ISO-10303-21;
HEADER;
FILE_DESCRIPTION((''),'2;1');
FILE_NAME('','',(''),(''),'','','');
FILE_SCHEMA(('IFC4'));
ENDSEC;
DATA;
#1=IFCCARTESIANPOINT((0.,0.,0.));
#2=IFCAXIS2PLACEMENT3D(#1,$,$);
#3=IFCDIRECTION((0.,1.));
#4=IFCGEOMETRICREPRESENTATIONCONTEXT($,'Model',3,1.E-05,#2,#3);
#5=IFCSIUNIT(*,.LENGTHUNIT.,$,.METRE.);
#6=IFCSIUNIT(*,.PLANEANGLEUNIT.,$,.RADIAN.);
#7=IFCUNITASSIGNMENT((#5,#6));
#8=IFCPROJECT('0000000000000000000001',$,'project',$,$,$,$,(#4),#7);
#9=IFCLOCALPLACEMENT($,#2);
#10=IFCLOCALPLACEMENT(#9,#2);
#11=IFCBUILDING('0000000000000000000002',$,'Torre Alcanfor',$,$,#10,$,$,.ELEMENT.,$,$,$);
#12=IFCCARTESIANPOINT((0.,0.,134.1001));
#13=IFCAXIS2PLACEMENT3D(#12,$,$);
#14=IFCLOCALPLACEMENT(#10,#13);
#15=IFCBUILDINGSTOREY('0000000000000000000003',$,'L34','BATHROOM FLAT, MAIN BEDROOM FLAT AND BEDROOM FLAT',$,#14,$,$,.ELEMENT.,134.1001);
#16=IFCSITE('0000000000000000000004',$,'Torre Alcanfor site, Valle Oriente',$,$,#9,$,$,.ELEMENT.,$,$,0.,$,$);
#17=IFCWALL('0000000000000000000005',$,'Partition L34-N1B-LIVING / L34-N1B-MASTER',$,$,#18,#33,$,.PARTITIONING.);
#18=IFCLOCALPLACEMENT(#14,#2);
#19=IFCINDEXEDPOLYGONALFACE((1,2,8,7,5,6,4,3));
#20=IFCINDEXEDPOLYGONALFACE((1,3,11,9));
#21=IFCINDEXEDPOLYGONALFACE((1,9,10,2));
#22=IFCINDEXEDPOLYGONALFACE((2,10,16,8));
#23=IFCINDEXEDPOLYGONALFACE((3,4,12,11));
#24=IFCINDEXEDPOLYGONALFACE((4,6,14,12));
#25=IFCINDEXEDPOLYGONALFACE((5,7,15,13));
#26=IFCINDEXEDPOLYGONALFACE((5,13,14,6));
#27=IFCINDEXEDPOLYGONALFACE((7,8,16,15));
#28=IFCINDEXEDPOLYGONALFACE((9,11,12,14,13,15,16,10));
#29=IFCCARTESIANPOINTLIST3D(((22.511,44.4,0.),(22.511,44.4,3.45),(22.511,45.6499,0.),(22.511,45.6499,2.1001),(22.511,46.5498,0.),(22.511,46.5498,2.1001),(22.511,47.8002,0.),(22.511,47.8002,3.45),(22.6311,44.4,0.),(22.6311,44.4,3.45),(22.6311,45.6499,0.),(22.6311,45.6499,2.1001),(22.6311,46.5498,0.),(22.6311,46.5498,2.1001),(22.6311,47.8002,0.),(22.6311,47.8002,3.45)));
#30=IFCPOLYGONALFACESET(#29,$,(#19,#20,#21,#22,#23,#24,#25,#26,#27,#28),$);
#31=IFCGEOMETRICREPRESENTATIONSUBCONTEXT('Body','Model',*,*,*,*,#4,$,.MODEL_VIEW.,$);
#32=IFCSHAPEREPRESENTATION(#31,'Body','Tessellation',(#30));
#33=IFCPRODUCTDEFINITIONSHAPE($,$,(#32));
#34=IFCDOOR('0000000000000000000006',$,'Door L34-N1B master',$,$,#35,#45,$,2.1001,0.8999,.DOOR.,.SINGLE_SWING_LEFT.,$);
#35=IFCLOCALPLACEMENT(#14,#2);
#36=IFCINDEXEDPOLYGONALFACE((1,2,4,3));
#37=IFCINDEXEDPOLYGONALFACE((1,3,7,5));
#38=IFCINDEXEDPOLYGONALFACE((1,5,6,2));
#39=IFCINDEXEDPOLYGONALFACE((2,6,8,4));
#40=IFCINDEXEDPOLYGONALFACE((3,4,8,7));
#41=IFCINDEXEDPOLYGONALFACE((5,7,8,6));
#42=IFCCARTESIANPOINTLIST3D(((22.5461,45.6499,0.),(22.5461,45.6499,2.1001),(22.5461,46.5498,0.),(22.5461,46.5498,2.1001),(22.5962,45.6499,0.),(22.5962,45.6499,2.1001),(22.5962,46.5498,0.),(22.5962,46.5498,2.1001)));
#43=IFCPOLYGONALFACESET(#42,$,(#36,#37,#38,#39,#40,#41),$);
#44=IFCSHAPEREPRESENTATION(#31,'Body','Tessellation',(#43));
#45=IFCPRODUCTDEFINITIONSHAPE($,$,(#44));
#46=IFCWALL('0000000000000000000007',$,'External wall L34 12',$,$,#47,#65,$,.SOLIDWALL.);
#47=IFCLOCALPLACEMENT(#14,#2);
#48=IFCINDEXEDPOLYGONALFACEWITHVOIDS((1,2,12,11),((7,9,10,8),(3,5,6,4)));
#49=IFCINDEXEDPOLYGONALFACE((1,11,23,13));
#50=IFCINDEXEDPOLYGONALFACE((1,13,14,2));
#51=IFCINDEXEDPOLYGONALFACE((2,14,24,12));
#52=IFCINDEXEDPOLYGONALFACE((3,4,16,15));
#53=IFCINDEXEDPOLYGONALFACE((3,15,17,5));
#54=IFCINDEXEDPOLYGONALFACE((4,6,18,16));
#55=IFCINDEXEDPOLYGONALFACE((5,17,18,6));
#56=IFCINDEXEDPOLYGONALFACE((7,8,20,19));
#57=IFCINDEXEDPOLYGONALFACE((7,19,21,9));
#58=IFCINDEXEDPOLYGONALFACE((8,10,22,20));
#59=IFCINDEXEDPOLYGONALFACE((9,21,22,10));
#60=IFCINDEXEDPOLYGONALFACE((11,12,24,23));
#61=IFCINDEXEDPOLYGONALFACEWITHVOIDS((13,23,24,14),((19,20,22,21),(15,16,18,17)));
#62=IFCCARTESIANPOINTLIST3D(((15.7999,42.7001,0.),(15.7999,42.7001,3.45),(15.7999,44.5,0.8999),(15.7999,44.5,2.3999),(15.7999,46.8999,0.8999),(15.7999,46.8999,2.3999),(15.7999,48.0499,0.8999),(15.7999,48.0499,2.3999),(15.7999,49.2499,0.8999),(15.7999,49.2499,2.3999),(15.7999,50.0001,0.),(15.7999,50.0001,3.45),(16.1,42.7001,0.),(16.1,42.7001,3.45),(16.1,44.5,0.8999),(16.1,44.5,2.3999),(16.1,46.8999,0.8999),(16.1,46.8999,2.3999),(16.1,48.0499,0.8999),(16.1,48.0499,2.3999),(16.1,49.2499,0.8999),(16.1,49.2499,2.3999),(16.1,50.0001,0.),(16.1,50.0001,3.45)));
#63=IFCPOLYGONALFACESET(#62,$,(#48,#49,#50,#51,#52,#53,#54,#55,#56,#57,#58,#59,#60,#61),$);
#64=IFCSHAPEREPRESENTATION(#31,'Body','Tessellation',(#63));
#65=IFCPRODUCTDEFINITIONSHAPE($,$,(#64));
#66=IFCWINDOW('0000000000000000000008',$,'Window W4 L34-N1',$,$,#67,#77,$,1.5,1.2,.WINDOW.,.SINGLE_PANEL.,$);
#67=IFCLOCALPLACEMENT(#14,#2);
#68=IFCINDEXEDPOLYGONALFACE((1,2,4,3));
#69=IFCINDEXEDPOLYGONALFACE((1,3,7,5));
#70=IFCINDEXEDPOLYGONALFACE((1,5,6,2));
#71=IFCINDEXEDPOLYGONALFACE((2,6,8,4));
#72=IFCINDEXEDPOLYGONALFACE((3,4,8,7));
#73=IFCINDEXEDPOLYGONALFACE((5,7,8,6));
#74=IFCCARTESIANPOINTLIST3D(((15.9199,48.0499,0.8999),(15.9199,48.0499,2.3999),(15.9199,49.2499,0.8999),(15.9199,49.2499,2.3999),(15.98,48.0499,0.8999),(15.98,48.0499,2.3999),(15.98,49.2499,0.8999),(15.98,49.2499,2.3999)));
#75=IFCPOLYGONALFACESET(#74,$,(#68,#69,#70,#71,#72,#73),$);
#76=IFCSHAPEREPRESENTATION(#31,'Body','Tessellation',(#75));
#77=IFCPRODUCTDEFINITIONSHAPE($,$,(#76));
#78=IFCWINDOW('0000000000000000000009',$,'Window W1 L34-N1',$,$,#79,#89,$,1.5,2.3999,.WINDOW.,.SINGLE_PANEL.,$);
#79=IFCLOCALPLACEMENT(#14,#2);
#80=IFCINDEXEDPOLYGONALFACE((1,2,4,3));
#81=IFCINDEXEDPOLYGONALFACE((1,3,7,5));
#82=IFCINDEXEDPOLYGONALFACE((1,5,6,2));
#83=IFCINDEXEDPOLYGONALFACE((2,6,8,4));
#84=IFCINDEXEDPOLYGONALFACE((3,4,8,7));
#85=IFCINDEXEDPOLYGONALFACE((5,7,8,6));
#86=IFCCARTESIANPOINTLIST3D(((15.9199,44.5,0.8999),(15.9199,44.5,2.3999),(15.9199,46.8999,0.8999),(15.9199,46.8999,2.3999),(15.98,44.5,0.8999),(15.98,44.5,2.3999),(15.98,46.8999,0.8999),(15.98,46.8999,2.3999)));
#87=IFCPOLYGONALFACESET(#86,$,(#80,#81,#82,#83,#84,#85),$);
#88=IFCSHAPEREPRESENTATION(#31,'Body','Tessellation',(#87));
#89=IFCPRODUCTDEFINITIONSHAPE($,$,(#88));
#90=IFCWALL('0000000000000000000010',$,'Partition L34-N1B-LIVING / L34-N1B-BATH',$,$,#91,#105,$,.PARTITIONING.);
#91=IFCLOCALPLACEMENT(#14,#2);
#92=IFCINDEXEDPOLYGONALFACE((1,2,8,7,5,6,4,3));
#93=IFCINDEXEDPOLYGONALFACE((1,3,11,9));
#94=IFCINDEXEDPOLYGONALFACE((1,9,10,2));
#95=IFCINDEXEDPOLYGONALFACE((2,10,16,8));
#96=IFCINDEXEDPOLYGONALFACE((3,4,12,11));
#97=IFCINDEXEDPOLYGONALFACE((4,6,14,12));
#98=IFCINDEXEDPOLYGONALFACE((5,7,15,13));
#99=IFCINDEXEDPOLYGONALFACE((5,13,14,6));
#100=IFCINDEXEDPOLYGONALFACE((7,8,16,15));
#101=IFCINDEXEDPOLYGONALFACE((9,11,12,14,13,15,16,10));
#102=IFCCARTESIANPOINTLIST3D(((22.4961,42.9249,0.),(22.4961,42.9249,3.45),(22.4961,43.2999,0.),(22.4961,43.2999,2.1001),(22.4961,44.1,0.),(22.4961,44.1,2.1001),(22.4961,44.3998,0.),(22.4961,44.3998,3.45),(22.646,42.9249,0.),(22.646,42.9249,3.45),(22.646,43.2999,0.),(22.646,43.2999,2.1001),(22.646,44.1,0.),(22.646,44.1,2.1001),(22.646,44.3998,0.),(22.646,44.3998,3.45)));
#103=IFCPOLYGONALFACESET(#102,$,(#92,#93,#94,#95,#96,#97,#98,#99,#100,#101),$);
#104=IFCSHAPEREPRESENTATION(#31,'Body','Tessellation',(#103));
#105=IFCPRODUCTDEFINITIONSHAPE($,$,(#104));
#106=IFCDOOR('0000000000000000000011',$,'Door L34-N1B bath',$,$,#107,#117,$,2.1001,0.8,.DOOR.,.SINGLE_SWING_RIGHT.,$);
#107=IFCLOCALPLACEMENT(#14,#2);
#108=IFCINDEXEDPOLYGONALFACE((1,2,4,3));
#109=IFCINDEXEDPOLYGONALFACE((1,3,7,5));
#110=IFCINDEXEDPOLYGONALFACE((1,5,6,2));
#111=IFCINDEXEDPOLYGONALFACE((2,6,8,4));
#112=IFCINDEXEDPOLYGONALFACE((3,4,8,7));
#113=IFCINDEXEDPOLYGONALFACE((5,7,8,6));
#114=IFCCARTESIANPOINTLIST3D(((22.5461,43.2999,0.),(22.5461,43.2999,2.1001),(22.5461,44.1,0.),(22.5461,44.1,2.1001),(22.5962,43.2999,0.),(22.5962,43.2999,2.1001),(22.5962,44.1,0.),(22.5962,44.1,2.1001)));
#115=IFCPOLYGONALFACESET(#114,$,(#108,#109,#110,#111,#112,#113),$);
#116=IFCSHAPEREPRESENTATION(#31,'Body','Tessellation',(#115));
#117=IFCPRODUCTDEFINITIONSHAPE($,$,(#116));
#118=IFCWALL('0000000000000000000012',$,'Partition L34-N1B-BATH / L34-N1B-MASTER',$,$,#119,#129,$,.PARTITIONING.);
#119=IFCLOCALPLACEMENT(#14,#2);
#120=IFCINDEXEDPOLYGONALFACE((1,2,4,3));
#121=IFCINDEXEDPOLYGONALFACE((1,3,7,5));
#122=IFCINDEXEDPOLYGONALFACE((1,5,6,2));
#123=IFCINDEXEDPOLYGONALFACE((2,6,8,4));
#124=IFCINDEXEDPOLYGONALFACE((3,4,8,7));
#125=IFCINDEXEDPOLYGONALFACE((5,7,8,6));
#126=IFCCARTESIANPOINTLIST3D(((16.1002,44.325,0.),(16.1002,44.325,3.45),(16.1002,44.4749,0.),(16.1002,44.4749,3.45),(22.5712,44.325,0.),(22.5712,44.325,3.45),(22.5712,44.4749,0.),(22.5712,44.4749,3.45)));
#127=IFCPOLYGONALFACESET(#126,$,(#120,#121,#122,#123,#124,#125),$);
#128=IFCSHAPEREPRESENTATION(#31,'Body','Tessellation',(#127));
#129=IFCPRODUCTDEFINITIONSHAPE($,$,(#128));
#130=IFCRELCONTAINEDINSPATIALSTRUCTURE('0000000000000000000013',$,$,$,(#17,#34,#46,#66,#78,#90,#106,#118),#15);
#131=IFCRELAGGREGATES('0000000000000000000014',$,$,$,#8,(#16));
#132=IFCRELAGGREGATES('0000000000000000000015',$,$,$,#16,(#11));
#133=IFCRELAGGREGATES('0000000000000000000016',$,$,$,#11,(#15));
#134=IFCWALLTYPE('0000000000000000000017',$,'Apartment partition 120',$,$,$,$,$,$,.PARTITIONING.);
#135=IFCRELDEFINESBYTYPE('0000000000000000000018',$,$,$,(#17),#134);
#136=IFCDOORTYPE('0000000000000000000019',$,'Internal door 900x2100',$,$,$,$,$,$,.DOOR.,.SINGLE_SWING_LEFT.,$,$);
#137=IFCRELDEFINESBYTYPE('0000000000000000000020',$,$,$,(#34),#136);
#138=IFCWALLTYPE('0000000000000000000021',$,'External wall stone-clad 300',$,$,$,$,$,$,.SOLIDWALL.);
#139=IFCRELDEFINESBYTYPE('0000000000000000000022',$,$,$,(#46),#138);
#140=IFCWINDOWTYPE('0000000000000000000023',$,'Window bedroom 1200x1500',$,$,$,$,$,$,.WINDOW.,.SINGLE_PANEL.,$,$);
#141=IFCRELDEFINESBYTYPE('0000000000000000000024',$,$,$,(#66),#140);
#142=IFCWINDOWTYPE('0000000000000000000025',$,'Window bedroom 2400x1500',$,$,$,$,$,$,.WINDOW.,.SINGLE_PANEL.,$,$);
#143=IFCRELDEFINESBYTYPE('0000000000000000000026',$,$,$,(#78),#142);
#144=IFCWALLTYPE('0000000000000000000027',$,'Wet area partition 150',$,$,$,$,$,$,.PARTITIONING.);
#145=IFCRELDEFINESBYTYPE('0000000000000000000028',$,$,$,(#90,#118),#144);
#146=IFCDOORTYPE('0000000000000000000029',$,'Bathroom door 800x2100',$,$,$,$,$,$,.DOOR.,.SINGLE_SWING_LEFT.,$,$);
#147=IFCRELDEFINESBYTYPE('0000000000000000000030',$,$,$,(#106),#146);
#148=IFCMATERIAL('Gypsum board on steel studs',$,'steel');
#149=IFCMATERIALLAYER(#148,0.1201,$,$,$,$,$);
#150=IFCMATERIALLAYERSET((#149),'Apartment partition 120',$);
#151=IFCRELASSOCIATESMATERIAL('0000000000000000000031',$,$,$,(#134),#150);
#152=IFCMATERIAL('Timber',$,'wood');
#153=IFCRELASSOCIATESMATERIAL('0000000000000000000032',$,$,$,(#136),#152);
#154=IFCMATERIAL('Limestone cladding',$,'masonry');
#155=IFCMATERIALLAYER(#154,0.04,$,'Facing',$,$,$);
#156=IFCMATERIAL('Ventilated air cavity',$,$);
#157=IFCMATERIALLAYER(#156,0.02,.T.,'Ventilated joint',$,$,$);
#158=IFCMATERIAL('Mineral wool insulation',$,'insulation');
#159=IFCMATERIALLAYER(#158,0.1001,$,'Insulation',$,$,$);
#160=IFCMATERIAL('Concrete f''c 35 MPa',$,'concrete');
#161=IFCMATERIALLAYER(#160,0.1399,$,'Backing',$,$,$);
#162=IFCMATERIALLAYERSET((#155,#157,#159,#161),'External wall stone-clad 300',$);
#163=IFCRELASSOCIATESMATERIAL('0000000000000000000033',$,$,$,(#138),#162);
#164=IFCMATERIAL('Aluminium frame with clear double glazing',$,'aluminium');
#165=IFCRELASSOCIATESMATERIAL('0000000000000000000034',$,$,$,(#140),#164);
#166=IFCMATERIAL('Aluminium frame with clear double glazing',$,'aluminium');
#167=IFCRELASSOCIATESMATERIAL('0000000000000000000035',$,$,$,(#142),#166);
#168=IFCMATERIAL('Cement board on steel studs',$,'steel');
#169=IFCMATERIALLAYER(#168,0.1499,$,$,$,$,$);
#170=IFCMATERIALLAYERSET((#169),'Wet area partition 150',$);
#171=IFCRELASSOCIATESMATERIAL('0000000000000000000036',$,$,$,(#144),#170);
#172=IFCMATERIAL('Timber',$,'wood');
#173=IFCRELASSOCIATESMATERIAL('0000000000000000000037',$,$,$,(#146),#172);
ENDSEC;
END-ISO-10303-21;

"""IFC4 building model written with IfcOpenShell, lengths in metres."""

from ifc_helpers import new_model, si_unit, direction, frame, frame_2d, origin, place, context, subcontext, project, spatial, rectangle, extrude, material, layer, layer_set, type_object, element, fill, save


model = new_model("IFC4")

# Units and contexts
model_context = context("Model", 3, precision=1e-05, world=origin(), true_north=direction((0.0, 1.0)))
body_context = subcontext(model_context, "Body", "Model", "MODEL_VIEW")
ifc_project = project(units=[si_unit("LENGTHUNIT", "METRE"), si_unit("PLANEANGLEUNIT", "RADIAN")], contexts=[model_context])

# Site, building, storey
site_placement = place(None, origin())
site = spatial("IfcSite", under=ifc_project, at=site_placement, Name="Torre Alcanfor site, Valle Oriente", CompositionType="ELEMENT", RefElevation=0.0)
building_placement = place(site_placement, origin())
building = spatial("IfcBuilding", under=site, at=building_placement, Name="Torre Alcanfor", CompositionType="ELEMENT")
storey_placement = place(building_placement, frame((0.0, 0.0, 134.1001)))
storey = spatial("IfcBuildingStorey", under=building, at=storey_placement, Name="L34", Description="BATHROOM FLAT, MAIN BEDROOM FLAT AND BEDROOM FLAT", CompositionType="ELEMENT", Elevation=134.1001)

# Wall, opening, door
ifc_material_1 = material(Name="Gypsum board on steel studs", Category="steel")
ifc_layer_1 = layer(ifc_material_1, 0.1201)
ifc_layer_set_1 = layer_set([ifc_layer_1], Name="Apartment partition 120")
wall_type_1 = type_object("IfcWallType", Name="Apartment partition 120", PredefinedType="PARTITIONING", material=ifc_layer_set_1)
wall_1_placement = place(storey_placement, frame((22.571, 44.3999, 0.0), z_axis=(0.0, 0.0, 1.0), x_axis=(0.0, 1.0, 0.0)))
wall_1 = element("IfcWall", 1, at=wall_1_placement, inside=storey, type_object=wall_type_1, Name="Partition L34-N1B-LIVING / L34-N1B-MASTER", PredefinedType="PARTITIONING", context=body_context, shape_type="SweptSolid", body=[
    extrude(rectangle(XDim=3.4001, YDim=0.1201, at=frame_2d((1.7002, 0.0))), origin(), (0.0, 0.0, 1.0), 3.45),
])
opening_1_placement = place(wall_1_placement, frame((1.25, 0.0, 0.0)))
opening_1 = element("IfcOpeningElement", 2, at=opening_1_placement, cuts=wall_1, PredefinedType="OPENING", context=body_context, shape_type="SweptSolid", body=[
    extrude(rectangle(XDim=0.8999, YDim=2.1001, at=frame_2d((0.45, 1.05))), frame((0.0, 0.0701, 0.0), z_axis=(0.0, -1.0, 0.0), x_axis=(1.0, 0.0, 0.0)), (0.0, 0.0, 1.0), 0.1401),
])
ifc_material_2 = material(Name="Timber", Category="wood")
door_type_1 = type_object("IfcDoorType", Name="Internal door 900x2100", OperationType="SINGLE_SWING_LEFT", PredefinedType="DOOR", material=ifc_material_2)
door_1_placement = place(opening_1_placement, origin())
door_1 = element("IfcDoor", 3, at=door_1_placement, inside=storey, type_object=door_type_1, Name="Door L34-N1B master", OperationType="SINGLE_SWING_LEFT", OverallHeight=2.1001, OverallWidth=0.8999, PredefinedType="DOOR", context=body_context, shape_type="SweptSolid", body=[
    extrude(rectangle(XDim=0.8999, YDim=2.1001, at=frame_2d((0.45, 1.05))), frame((0.0, 0.0249, 0.0), z_axis=(0.0, -1.0, 0.0), x_axis=(1.0, 0.0, 0.0)), (0.0, 0.0, 1.0), 0.05),
])
fill(opening_1, door_1)

# Wall, openings, windows
ifc_material_3 = material(Name="Limestone cladding", Category="masonry")
ifc_layer_2 = layer(ifc_material_3, 0.04, Name="Facing")
ifc_material_4 = material(Name="Ventilated air cavity")
ifc_layer_3 = layer(ifc_material_4, 0.02, ventilated=True, Name="Ventilated joint")
ifc_material_5 = material(Name="Mineral wool insulation", Category="insulation")
ifc_layer_4 = layer(ifc_material_5, 0.1001, Name="Insulation")
ifc_material_6 = material(Name="Concrete f'c 35 MPa", Category="concrete")
ifc_layer_5 = layer(ifc_material_6, 0.1399, Name="Backing")
ifc_layer_set_2 = layer_set([ifc_layer_2, ifc_layer_3, ifc_layer_4, ifc_layer_5], Name="External wall stone-clad 300")
wall_type_2 = type_object("IfcWallType", Name="External wall stone-clad 300", PredefinedType="SOLIDWALL", material=ifc_layer_set_2)
wall_2_placement = place(storey_placement, frame((15.95, 50.0, 0.0), z_axis=(0.0, 0.0, 1.0), x_axis=(0.0, -1.0, 0.0)))
wall_2 = element("IfcWall", 4, at=wall_2_placement, inside=storey, type_object=wall_type_2, Name="External wall L34 12", PredefinedType="SOLIDWALL", context=body_context, shape_type="SweptSolid", body=[
    extrude(rectangle(XDim=7.3, YDim=0.3, at=frame_2d((3.6499, 0.0))), origin(), (0.0, 0.0, 1.0), 3.45),
])
opening_2_placement = place(wall_2_placement, frame((3.1001, 0.0, 0.8999)))
opening_2 = element("IfcOpeningElement", 5, at=opening_2_placement, cuts=wall_2, PredefinedType="OPENING", context=body_context, shape_type="SweptSolid", body=[
    extrude(rectangle(XDim=2.3999, YDim=1.5, at=frame_2d((1.2, 0.75))), frame((0.0, 0.1599, 0.0), z_axis=(0.0, -1.0, 0.0), x_axis=(1.0, 0.0, 0.0)), (0.0, 0.0, 1.0), 0.3201),
])
opening_3_placement = place(wall_2_placement, frame((0.75, 0.0, 0.8999)))
opening_3 = element("IfcOpeningElement", 6, at=opening_3_placement, cuts=wall_2, PredefinedType="OPENING", context=body_context, shape_type="SweptSolid", body=[
    extrude(rectangle(XDim=1.2, YDim=1.5, at=frame_2d((0.6001, 0.75))), frame((0.0, 0.1599, 0.0), z_axis=(0.0, -1.0, 0.0), x_axis=(1.0, 0.0, 0.0)), (0.0, 0.0, 1.0), 0.3201),
])
ifc_material_7 = material(Name="Aluminium frame with clear double glazing", Category="aluminium")
window_type_1 = type_object("IfcWindowType", Name="Window bedroom 1200x1500", PartitioningType="SINGLE_PANEL", PredefinedType="WINDOW", material=ifc_material_7)
window_1_placement = place(opening_3_placement, origin())
window_1 = element("IfcWindow", 7, at=window_1_placement, inside=storey, type_object=window_type_1, Name="Window W4 L34-N1", OverallHeight=1.5, OverallWidth=1.2, PartitioningType="SINGLE_PANEL", PredefinedType="WINDOW", context=body_context, shape_type="SweptSolid", body=[
    extrude(rectangle(XDim=1.2, YDim=1.5, at=frame_2d((0.6001, 0.75))), frame((0.0, 0.03, 0.0), z_axis=(0.0, -1.0, 0.0), x_axis=(1.0, 0.0, 0.0)), (0.0, 0.0, 1.0), 0.0601),
])
fill(opening_3, window_1)
ifc_material_8 = material(Name="Aluminium frame with clear double glazing", Category="aluminium")
window_type_2 = type_object("IfcWindowType", Name="Window bedroom 2400x1500", PartitioningType="SINGLE_PANEL", PredefinedType="WINDOW", material=ifc_material_8)
window_2_placement = place(opening_2_placement, origin())
window_2 = element("IfcWindow", 8, at=window_2_placement, inside=storey, type_object=window_type_2, Name="Window W1 L34-N1", OverallHeight=1.5, OverallWidth=2.3999, PartitioningType="SINGLE_PANEL", PredefinedType="WINDOW", context=body_context, shape_type="SweptSolid", body=[
    extrude(rectangle(XDim=2.3999, YDim=1.5, at=frame_2d((1.2, 0.75))), frame((0.0, 0.03, 0.0), z_axis=(0.0, -1.0, 0.0), x_axis=(1.0, 0.0, 0.0)), (0.0, 0.0, 1.0), 0.0601),
])
fill(opening_2, window_2)

# Wall, opening, door
ifc_material_9 = material(Name="Cement board on steel studs", Category="steel")
ifc_layer_6 = layer(ifc_material_9, 0.1499)
ifc_layer_set_3 = layer_set([ifc_layer_6], Name="Wet area partition 150")
wall_type_3 = type_object("IfcWallType", Name="Wet area partition 150", PredefinedType="PARTITIONING", material=ifc_layer_set_3)
wall_3_placement = place(storey_placement, frame((22.571, 42.925, 0.0), z_axis=(0.0, 0.0, 1.0), x_axis=(0.0, 1.0, 0.0)))
wall_3 = element("IfcWall", 9, at=wall_3_placement, inside=storey, type_object=wall_type_3, Name="Partition L34-N1B-LIVING / L34-N1B-BATH", PredefinedType="PARTITIONING", context=body_context, shape_type="SweptSolid", body=[
    extrude(rectangle(XDim=1.4749, YDim=0.1499, at=frame_2d((0.7373, 0.0))), origin(), (0.0, 0.0, 1.0), 3.45),
])
opening_4_placement = place(wall_3_placement, frame((0.375, 0.0, 0.0)))
opening_4 = element("IfcOpeningElement", 10, at=opening_4_placement, cuts=wall_3, PredefinedType="OPENING", context=body_context, shape_type="SweptSolid", body=[
    extrude(rectangle(XDim=0.8, YDim=2.1001, at=frame_2d((0.3999, 1.05))), frame((0.0, 0.085, 0.0), z_axis=(0.0, -1.0, 0.0), x_axis=(1.0, 0.0, 0.0)), (0.0, 0.0, 1.0), 0.1699),
])
ifc_material_10 = material(Name="Timber", Category="wood")
door_type_2 = type_object("IfcDoorType", Name="Bathroom door 800x2100", OperationType="SINGLE_SWING_LEFT", PredefinedType="DOOR", material=ifc_material_10)
door_2_placement = place(opening_4_placement, origin())
door_2 = element("IfcDoor", 11, at=door_2_placement, inside=storey, type_object=door_type_2, Name="Door L34-N1B bath", OperationType="SINGLE_SWING_RIGHT", OverallHeight=2.1001, OverallWidth=0.8, PredefinedType="DOOR", context=body_context, shape_type="SweptSolid", body=[
    extrude(rectangle(XDim=0.8, YDim=2.1001, at=frame_2d((0.3999, 1.05))), frame((0.0, 0.0249, 0.0), z_axis=(0.0, -1.0, 0.0), x_axis=(1.0, 0.0, 0.0)), (0.0, 0.0, 1.0), 0.05),
])
fill(opening_4, door_2)

# Wall
wall_4_placement = place(storey_placement, frame((22.571, 44.3999, 0.0), z_axis=(0.0, 0.0, 1.0), x_axis=(-1.0, 0.0, 0.0)))
element("IfcWall", 12, at=wall_4_placement, inside=storey, type_object=wall_type_3, Name="Partition L34-N1B-BATH / L34-N1B-MASTER", PredefinedType="PARTITIONING", context=body_context, shape_type="SweptSolid", body=[
    extrude(rectangle(XDim=6.4709, YDim=0.1499, at=frame_2d((3.2354, 0.0))), origin(), (0.0, 0.0, 1.0), 3.45),
])

save(model, "model.ifc")
